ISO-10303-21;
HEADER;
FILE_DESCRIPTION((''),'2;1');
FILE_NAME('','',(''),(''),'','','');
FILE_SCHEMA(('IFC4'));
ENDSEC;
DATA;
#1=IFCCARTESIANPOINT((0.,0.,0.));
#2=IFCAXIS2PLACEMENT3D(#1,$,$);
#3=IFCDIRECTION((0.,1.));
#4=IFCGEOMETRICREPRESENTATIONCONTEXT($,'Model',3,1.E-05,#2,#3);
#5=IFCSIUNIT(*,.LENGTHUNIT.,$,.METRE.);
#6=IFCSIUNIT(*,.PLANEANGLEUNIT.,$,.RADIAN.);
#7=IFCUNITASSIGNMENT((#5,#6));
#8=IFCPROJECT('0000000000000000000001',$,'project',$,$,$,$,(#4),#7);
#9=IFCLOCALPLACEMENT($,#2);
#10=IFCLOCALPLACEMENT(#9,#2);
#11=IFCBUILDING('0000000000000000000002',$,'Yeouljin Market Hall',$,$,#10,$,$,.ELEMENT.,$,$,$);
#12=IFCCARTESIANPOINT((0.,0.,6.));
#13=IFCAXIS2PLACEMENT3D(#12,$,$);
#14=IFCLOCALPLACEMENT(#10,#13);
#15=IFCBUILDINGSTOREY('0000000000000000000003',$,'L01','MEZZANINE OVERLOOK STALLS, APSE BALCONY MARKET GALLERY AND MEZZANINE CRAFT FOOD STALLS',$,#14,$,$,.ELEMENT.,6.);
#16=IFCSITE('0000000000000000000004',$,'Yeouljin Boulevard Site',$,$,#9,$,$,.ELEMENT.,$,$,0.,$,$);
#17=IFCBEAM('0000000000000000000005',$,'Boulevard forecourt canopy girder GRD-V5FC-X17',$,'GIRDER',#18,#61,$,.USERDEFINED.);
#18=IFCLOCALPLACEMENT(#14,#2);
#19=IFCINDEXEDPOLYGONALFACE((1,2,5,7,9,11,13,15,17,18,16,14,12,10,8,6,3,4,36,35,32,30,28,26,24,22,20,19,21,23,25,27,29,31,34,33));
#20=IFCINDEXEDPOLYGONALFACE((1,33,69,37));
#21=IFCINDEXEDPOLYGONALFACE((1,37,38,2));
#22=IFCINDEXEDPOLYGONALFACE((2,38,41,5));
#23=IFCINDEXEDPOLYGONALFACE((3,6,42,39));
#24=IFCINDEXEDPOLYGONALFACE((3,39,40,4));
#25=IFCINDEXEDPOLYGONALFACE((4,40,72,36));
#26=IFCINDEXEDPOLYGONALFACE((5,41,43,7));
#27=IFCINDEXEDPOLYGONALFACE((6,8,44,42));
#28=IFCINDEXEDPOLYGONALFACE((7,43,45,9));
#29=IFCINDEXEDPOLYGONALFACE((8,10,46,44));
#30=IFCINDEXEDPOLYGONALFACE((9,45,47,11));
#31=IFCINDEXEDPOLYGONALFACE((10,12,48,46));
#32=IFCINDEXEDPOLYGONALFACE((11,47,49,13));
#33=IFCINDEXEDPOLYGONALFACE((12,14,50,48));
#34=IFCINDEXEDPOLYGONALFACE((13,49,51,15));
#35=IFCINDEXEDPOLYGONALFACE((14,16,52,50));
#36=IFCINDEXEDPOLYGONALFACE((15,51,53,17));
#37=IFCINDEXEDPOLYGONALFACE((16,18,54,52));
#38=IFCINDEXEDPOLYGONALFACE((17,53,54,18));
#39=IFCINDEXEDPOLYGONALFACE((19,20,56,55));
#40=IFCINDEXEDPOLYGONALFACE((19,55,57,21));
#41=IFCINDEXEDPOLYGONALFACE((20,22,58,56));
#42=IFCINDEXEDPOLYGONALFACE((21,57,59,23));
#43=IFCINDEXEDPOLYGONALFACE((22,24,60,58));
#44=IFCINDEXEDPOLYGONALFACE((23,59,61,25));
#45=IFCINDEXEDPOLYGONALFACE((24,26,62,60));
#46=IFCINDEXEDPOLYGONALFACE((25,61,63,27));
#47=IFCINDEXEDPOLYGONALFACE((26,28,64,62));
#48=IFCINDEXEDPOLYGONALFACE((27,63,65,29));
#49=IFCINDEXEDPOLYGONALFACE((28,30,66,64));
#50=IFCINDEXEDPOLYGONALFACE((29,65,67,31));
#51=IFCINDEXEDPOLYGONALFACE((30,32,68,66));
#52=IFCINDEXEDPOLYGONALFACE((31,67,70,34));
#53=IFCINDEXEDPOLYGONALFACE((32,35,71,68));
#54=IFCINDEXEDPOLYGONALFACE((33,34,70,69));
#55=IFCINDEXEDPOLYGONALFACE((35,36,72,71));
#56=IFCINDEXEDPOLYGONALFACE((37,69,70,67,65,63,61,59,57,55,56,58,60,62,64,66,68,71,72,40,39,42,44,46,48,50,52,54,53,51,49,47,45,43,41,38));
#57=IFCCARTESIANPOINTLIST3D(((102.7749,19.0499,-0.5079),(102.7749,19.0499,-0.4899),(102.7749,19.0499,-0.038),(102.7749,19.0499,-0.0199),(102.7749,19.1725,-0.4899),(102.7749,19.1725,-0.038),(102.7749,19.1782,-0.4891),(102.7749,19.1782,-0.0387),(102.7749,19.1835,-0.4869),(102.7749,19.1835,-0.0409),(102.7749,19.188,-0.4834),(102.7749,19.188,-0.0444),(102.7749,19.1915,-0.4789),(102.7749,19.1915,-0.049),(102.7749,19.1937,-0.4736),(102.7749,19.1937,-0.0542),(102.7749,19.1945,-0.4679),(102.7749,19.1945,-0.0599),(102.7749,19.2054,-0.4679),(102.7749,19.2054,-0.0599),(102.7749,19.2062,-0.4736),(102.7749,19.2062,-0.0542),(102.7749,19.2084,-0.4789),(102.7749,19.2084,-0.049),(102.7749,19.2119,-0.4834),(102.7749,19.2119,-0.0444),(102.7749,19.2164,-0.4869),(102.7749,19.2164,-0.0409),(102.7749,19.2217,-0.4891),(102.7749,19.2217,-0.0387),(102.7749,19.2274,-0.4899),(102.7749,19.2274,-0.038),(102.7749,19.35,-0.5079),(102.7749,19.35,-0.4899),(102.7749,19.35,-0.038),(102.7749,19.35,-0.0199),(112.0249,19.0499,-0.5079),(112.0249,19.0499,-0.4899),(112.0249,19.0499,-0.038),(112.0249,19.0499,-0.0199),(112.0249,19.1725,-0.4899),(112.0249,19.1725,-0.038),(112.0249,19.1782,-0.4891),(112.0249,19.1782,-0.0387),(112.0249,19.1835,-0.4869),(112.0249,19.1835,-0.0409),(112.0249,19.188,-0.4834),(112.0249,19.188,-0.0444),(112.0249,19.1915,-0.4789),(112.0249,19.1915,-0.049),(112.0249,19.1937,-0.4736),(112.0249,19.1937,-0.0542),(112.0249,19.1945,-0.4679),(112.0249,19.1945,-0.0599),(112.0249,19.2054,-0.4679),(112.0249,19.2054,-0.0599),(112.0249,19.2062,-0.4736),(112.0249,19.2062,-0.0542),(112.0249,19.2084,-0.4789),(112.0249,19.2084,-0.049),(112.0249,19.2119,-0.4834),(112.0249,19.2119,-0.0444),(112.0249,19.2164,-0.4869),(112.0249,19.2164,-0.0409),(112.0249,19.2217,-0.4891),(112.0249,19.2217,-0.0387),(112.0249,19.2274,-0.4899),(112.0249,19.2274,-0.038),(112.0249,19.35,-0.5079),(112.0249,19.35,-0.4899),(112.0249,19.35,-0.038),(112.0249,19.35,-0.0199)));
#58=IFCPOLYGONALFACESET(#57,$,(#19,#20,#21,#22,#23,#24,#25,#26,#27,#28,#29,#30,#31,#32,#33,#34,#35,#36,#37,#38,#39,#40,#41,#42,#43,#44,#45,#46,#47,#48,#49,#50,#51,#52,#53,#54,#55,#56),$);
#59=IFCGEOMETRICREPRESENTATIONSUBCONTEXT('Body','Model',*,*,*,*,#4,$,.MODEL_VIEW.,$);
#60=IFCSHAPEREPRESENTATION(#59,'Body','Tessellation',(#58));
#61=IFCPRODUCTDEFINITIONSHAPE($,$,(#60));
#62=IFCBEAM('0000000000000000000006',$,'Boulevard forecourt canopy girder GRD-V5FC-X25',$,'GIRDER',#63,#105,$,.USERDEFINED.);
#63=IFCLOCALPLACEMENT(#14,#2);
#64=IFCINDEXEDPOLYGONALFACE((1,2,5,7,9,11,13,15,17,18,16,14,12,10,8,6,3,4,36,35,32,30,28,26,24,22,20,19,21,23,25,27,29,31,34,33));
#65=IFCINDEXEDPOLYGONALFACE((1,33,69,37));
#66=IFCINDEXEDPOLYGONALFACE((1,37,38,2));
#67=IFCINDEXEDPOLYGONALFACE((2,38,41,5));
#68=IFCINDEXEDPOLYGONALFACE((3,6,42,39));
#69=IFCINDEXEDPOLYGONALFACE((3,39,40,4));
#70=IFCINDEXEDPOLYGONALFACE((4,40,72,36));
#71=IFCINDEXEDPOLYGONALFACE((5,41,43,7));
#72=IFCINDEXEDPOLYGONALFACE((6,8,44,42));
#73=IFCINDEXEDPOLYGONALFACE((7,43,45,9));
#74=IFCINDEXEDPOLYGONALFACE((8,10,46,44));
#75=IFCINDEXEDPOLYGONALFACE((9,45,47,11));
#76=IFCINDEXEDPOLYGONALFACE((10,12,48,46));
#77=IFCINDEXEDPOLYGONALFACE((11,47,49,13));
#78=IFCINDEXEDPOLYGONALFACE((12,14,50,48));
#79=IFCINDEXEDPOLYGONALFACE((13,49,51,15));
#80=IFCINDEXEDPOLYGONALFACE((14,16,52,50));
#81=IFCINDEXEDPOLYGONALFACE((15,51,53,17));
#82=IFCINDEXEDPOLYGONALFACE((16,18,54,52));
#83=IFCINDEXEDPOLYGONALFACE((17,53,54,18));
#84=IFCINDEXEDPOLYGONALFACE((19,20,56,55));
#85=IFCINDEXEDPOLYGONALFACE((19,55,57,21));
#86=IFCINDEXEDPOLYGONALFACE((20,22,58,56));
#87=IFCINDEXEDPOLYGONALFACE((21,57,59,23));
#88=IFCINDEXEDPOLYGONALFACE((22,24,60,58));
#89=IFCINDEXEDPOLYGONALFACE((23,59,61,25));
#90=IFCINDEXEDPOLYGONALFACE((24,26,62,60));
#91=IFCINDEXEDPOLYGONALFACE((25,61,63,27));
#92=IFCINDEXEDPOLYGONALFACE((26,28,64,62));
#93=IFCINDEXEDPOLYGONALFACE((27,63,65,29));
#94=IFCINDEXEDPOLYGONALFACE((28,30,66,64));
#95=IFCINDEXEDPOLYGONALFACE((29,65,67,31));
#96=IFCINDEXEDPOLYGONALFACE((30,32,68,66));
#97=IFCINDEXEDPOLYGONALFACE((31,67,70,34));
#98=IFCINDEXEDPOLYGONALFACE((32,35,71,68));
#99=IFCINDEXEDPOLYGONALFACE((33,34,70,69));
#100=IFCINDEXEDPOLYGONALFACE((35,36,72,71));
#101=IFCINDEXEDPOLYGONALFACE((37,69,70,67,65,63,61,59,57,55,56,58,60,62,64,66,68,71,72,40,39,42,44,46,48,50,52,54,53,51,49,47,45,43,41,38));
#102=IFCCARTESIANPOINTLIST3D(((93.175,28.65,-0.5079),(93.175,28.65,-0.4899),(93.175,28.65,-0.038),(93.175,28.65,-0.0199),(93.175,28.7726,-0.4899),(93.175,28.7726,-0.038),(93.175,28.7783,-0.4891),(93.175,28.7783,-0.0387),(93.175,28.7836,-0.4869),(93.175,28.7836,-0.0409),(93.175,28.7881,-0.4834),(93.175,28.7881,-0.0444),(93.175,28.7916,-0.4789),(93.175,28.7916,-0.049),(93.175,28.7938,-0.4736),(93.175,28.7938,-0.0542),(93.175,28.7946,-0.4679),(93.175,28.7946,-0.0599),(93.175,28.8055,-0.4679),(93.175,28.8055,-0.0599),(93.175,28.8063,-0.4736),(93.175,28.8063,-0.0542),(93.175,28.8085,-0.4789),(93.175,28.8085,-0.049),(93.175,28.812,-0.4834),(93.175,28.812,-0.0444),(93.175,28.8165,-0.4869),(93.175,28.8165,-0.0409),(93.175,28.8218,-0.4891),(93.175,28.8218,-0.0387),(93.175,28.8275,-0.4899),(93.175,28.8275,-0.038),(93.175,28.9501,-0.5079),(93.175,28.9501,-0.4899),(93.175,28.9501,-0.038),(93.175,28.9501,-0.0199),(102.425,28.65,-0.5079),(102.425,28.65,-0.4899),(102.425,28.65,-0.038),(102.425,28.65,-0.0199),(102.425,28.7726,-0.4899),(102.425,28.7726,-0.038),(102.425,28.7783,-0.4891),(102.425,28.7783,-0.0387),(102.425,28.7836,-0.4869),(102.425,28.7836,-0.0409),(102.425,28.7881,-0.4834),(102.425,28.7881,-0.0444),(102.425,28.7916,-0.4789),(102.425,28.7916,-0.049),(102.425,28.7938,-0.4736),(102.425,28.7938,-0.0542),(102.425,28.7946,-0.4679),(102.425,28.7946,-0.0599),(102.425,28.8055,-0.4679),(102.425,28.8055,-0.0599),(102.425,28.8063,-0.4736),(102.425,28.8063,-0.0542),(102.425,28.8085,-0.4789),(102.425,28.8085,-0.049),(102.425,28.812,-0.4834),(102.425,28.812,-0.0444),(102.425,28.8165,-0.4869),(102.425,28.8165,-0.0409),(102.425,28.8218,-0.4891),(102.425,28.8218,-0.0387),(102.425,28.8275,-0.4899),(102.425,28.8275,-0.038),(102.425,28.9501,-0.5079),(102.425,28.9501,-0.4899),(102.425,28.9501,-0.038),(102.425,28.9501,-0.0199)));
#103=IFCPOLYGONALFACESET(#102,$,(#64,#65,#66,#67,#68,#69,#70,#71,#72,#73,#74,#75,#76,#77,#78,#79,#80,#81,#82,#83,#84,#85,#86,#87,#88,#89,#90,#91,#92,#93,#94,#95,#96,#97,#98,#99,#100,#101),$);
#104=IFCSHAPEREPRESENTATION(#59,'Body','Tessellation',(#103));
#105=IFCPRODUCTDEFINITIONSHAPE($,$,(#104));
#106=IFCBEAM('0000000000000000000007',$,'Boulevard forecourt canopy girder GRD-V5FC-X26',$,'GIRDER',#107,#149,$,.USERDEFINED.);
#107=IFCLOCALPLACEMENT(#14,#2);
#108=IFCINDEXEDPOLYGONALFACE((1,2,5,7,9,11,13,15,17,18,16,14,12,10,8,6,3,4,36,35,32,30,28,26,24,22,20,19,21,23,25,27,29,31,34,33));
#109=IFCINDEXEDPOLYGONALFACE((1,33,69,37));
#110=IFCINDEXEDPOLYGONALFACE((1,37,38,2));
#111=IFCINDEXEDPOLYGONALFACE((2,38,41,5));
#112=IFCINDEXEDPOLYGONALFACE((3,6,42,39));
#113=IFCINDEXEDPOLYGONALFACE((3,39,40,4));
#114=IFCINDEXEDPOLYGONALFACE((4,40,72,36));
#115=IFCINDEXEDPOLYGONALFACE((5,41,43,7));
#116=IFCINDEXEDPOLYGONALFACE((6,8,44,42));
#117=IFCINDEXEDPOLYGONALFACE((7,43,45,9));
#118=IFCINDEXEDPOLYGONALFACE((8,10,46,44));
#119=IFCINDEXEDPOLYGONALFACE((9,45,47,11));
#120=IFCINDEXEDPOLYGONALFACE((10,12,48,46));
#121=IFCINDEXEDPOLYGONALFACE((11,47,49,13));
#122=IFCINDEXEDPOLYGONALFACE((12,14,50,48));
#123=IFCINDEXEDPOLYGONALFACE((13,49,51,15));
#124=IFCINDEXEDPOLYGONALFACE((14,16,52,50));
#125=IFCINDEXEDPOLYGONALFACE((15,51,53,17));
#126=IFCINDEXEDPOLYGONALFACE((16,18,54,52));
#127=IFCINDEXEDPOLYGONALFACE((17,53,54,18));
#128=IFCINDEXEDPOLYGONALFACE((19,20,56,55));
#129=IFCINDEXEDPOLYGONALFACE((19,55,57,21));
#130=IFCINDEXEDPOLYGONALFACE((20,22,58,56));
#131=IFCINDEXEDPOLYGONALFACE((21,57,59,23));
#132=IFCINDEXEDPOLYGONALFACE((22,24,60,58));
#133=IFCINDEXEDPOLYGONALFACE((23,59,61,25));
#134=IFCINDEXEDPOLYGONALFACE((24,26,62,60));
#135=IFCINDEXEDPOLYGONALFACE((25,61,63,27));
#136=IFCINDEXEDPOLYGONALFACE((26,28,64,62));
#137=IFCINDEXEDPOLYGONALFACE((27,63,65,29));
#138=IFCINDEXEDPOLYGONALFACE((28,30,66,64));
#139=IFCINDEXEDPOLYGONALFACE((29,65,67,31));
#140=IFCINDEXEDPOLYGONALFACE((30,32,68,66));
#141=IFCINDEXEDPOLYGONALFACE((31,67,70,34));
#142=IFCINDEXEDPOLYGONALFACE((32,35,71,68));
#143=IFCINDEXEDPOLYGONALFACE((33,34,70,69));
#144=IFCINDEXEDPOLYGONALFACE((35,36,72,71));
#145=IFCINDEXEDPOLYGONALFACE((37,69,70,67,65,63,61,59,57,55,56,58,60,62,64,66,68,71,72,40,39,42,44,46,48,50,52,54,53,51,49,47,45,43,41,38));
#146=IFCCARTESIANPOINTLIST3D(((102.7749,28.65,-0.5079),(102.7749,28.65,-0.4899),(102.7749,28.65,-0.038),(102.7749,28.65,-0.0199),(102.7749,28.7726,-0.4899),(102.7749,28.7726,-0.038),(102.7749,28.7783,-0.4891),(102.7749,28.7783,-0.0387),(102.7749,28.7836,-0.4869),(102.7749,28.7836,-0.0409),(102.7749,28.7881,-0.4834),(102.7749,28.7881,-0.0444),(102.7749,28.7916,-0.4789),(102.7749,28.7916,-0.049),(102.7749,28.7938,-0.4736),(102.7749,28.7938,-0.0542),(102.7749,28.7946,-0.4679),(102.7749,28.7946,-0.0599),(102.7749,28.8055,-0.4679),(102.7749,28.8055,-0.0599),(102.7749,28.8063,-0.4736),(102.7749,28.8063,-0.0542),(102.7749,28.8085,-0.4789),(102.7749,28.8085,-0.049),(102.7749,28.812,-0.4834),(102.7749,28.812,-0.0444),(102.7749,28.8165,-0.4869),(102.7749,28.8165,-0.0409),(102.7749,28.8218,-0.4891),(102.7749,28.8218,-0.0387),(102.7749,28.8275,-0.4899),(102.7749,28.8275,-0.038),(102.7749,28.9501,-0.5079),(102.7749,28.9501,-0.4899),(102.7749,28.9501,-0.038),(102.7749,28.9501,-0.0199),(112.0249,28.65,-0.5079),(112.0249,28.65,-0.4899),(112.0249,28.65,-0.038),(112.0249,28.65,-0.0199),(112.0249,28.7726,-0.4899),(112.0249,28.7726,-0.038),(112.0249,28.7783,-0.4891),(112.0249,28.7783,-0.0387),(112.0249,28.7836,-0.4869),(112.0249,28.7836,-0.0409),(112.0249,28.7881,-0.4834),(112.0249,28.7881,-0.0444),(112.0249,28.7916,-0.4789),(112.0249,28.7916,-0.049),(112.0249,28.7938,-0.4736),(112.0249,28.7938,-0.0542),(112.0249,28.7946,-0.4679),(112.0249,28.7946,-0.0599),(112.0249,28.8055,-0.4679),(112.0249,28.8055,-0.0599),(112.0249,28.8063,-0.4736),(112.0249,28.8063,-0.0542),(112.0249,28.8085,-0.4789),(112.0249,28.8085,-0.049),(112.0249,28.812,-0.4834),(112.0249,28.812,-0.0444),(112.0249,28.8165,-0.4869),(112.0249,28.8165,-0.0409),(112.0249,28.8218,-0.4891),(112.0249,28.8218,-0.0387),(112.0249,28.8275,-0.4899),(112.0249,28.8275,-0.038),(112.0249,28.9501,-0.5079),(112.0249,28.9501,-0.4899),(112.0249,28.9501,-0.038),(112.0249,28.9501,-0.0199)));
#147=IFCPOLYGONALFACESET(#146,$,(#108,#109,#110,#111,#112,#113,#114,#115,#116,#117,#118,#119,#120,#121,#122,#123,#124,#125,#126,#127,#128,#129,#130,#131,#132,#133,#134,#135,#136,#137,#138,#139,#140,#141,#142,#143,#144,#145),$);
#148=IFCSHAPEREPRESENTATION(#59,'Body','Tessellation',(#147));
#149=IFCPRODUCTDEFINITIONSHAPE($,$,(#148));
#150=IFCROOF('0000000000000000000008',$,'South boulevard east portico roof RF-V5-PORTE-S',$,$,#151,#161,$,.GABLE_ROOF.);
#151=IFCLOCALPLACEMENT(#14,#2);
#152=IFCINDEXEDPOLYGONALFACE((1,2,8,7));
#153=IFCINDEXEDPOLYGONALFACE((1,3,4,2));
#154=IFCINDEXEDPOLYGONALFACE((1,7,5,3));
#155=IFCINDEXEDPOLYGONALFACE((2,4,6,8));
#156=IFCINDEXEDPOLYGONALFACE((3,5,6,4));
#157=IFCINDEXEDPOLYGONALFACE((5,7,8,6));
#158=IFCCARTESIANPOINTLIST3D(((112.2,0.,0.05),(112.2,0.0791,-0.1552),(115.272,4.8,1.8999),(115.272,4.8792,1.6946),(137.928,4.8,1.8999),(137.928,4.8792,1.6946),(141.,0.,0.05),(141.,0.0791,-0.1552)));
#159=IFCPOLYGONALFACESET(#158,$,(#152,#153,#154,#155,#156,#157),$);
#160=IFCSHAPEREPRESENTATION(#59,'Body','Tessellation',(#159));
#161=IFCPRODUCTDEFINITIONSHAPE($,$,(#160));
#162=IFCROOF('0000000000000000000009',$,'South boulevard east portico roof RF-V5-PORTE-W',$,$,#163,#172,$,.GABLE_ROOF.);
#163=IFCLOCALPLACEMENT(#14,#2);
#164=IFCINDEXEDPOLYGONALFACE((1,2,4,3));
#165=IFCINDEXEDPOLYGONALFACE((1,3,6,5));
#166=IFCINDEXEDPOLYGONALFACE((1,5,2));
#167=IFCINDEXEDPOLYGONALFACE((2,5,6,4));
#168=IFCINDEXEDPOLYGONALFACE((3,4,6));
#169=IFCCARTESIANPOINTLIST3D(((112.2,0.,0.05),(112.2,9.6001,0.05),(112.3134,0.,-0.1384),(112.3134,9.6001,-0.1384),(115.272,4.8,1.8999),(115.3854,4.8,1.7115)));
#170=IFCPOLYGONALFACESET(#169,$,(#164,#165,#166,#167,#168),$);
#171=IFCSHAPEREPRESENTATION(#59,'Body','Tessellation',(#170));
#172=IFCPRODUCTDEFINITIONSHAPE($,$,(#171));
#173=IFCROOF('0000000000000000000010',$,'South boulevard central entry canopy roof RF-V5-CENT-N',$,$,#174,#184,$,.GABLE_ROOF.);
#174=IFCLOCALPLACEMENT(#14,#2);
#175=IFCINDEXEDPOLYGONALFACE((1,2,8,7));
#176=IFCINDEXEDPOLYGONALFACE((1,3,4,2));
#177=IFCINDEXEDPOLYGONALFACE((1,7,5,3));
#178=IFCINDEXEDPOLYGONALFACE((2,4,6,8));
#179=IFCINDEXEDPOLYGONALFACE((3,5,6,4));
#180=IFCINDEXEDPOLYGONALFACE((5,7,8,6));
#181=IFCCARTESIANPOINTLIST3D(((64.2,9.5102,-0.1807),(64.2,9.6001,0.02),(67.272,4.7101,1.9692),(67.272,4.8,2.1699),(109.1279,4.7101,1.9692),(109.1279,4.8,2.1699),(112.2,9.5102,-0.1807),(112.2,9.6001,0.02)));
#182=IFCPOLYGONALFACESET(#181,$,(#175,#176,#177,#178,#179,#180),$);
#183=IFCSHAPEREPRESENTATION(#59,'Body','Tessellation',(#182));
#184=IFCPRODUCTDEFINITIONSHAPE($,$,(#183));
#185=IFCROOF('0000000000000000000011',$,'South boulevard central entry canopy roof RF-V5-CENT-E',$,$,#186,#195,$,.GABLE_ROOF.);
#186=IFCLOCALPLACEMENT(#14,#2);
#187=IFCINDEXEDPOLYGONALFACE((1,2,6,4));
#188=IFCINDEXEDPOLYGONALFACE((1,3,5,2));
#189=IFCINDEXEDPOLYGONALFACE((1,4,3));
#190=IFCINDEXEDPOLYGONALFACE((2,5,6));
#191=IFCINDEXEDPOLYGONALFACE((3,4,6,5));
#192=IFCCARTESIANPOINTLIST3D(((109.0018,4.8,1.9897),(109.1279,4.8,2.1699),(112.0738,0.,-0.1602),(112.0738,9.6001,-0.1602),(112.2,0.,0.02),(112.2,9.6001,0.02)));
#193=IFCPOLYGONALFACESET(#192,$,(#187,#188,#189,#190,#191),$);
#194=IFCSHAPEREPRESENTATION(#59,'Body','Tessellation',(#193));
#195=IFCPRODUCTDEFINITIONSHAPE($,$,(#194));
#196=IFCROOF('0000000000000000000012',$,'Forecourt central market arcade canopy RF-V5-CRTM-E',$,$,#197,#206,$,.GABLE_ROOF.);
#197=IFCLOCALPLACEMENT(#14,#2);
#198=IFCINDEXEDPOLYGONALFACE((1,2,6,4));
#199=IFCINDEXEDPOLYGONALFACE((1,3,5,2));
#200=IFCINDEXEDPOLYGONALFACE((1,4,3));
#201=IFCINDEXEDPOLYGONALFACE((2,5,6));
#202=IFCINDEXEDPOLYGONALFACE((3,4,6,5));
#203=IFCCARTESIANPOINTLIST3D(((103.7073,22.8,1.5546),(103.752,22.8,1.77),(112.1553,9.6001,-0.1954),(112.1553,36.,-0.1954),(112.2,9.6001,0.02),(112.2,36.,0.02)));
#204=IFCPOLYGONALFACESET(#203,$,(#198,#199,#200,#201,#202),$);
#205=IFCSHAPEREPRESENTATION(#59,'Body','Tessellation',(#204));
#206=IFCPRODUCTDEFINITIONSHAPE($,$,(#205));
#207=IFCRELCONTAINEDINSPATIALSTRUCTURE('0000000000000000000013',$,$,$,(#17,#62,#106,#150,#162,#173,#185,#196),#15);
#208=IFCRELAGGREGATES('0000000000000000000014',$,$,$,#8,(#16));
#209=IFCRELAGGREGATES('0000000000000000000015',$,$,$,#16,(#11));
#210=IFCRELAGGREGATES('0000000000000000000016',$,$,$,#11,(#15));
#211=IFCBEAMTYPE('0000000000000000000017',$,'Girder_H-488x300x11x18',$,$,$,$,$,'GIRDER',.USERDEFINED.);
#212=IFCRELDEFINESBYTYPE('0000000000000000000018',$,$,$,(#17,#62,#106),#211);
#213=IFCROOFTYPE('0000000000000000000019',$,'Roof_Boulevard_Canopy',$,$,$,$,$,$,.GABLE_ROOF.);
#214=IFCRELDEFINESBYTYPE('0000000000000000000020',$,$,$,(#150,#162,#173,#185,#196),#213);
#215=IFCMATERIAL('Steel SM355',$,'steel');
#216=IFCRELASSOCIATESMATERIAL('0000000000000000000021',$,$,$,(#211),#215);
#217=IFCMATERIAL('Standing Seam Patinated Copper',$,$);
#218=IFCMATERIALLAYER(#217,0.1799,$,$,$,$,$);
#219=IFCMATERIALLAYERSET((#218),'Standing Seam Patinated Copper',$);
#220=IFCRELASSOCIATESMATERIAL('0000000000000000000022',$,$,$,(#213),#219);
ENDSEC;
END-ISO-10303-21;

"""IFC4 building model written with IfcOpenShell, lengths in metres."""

from ifc_helpers import new_model, si_unit, direction, frame, origin, origin_2d, place, context, subcontext, project, spatial, polyline, i_section, outline, extrude, material, layer, layer_set, material_profile, profile_set, type_object, element, save


model = new_model("IFC4")

# Units and contexts
model_context = context("Model", 3, precision=1e-05, world=origin(), true_north=direction((0.0, 1.0)))
body_context = subcontext(model_context, "Body", "Model", "MODEL_VIEW")
ifc_project = project(units=[si_unit("LENGTHUNIT", "METRE"), si_unit("PLANEANGLEUNIT", "RADIAN")], contexts=[model_context])

# Site, building, storey
site_placement = place(None, origin())
site = spatial("IfcSite", under=ifc_project, at=site_placement, Name="Yeouljin Boulevard Site", CompositionType="ELEMENT", RefElevation=0.0)
building_placement = place(site_placement, origin())
building = spatial("IfcBuilding", under=site, at=building_placement, Name="Yeouljin Market Hall", CompositionType="ELEMENT")
storey_placement = place(building_placement, frame((0.0, 0.0, 6.0)))
storey = spatial("IfcBuildingStorey", under=building, at=storey_placement, Name="L01", Description="MEZZANINE OVERLOOK STALLS, APSE BALCONY MARKET GALLERY AND MEZZANINE CRAFT FOOD STALLS", CompositionType="ELEMENT", Elevation=6.0)

# Beams
ifc_material_1 = material(Name="Steel SM355", Category="steel")
ifc_material_profile_1 = material_profile(ifc_material_1, i_section(OverallWidth=0.3, OverallDepth=0.488, WebThickness=0.011, FlangeThickness=0.0181, FilletRadius=0.022, at=origin_2d()), Name="H-488x300x11x18")
ifc_profile_set_1 = profile_set([ifc_material_profile_1], Name="Steel SM355")
beam_type_1 = type_object("IfcBeamType", Name="Girder_H-488x300x11x18", ElementType="GIRDER", PredefinedType="USERDEFINED", material=ifc_profile_set_1)
for number, where, z_axis, x_axis, name in (
    (1, (102.7749, 19.2, -0.2639), (1.0, 0.0, 0.0), (0.0, 1.0, 0.0), "Boulevard forecourt canopy girder GRD-V5FC-X17"),
    (2, (93.175, 28.8, -0.2639), (1.0, 0.0, 0.0), (0.0, 1.0, 0.0), "Boulevard forecourt canopy girder GRD-V5FC-X25"),
    (3, (102.7749, 28.8, -0.2639), (1.0, 0.0, 0.0), (0.0, 1.0, 0.0), "Boulevard forecourt canopy girder GRD-V5FC-X26"),
):
    element("IfcBeam", number, at=place(storey_placement, frame(where, z_axis=z_axis, x_axis=x_axis)), inside=storey, type_object=beam_type_1, Name=name, ObjectType="GIRDER", PredefinedType="USERDEFINED", context=body_context, shape_type="SweptSolid", body=[
        extrude(i_section(OverallWidth=0.3, OverallDepth=0.488, WebThickness=0.011, FlangeThickness=0.0181, FilletRadius=0.022, at=origin_2d()), origin(), (0.0, 0.0, 1.0), 9.25),
    ])

# Roofs
ifc_material_2 = material(Name="Standing Seam Patinated Copper")
ifc_layer = layer(ifc_material_2, 0.1799)
ifc_layer_set = layer_set([ifc_layer], Name="Standing Seam Patinated Copper")
roof_type = type_object("IfcRoofType", Name="Roof_Boulevard_Canopy", PredefinedType="GABLE_ROOF", material=ifc_layer_set)
roof_1_placement = place(storey_placement, frame((112.2, 0.0, 0.05), z_axis=(0.0, -0.359602, 0.933106), x_axis=(1.0, 0.0, 0.0)))
element("IfcRoof", 4, at=roof_1_placement, inside=storey, type_object=roof_type, Name="South boulevard east portico roof RF-V5-PORTE-S", PredefinedType="GABLE_ROOF", context=body_context, shape_type="SweptSolid", body=[
    extrude(outline(polyline([(0.0, 0.0), (28.8, 0.0), (25.728, 5.1442), (3.072, 5.1442), (0.0, 0.0)])), origin(), (0.0, 0.0, -1.0), 0.22),
])
roof_2_placement = place(storey_placement, frame((112.2, 9.6001, 0.05), z_axis=(-0.515857, 0.0, 0.856675), x_axis=(0.0, -1.0, 0.0)))
element("IfcRoof", 5, at=roof_2_placement, inside=storey, type_object=roof_type, Name="South boulevard east portico roof RF-V5-PORTE-W", PredefinedType="GABLE_ROOF", context=body_context, shape_type="SweptSolid", body=[
    extrude(outline(polyline([(0.0, 0.0), (9.6001, 0.0), (4.8, 3.586), (0.0, 0.0)])), origin(), (0.0, 0.0, -1.0), 0.22),
])
roof_3_placement = place(storey_placement, frame((112.2, 9.6001, 0.02), z_axis=(0.0, 0.408764, 0.91264), x_axis=(-1.0, 0.0, 0.0)))
element("IfcRoof", 6, at=roof_3_placement, inside=storey, type_object=roof_type, Name="South boulevard central entry canopy roof RF-V5-CENT-N", PredefinedType="GABLE_ROOF", context=body_context, shape_type="SweptSolid", body=[
    extrude(outline(polyline([(0.0, 0.0), (48.0, 0.0), (44.928, 5.2595), (3.072, 5.2595), (0.0, 0.0)])), origin(), (0.0, 0.0, -1.0), 0.22),
])
roof_4_placement = place(storey_placement, frame((112.2, 0.0, 0.02), z_axis=(0.573371, 0.0, 0.819296), x_axis=(0.0, 1.0, 0.0)))
element("IfcRoof", 7, at=roof_4_placement, inside=storey, type_object=roof_type, Name="South boulevard central entry canopy roof RF-V5-CENT-E", PredefinedType="GABLE_ROOF", context=body_context, shape_type="SweptSolid", body=[
    extrude(outline(polyline([(0.0, 0.0), (9.6001, 0.0), (4.8, 3.7496), (0.0, 0.0)])), origin(), (0.0, 0.0, -1.0), 0.22),
])
roof_5_placement = place(storey_placement, frame((112.2, 9.6001, 0.02), z_axis=(0.202843, 0.0, 0.979211), x_axis=(0.0, 1.0, 0.0)))
element("IfcRoof", 8, at=roof_5_placement, inside=storey, type_object=roof_type, Name="Forecourt central market arcade canopy RF-V5-CRTM-E", PredefinedType="GABLE_ROOF", context=body_context, shape_type="SweptSolid", body=[
    extrude(outline(polyline([(0.0, 0.0), (26.3999, 0.0), (13.2, 8.6274), (0.0, 0.0)])), origin(), (0.0, 0.0, -1.0), 0.22),
])

save(model, "model.ifc")
